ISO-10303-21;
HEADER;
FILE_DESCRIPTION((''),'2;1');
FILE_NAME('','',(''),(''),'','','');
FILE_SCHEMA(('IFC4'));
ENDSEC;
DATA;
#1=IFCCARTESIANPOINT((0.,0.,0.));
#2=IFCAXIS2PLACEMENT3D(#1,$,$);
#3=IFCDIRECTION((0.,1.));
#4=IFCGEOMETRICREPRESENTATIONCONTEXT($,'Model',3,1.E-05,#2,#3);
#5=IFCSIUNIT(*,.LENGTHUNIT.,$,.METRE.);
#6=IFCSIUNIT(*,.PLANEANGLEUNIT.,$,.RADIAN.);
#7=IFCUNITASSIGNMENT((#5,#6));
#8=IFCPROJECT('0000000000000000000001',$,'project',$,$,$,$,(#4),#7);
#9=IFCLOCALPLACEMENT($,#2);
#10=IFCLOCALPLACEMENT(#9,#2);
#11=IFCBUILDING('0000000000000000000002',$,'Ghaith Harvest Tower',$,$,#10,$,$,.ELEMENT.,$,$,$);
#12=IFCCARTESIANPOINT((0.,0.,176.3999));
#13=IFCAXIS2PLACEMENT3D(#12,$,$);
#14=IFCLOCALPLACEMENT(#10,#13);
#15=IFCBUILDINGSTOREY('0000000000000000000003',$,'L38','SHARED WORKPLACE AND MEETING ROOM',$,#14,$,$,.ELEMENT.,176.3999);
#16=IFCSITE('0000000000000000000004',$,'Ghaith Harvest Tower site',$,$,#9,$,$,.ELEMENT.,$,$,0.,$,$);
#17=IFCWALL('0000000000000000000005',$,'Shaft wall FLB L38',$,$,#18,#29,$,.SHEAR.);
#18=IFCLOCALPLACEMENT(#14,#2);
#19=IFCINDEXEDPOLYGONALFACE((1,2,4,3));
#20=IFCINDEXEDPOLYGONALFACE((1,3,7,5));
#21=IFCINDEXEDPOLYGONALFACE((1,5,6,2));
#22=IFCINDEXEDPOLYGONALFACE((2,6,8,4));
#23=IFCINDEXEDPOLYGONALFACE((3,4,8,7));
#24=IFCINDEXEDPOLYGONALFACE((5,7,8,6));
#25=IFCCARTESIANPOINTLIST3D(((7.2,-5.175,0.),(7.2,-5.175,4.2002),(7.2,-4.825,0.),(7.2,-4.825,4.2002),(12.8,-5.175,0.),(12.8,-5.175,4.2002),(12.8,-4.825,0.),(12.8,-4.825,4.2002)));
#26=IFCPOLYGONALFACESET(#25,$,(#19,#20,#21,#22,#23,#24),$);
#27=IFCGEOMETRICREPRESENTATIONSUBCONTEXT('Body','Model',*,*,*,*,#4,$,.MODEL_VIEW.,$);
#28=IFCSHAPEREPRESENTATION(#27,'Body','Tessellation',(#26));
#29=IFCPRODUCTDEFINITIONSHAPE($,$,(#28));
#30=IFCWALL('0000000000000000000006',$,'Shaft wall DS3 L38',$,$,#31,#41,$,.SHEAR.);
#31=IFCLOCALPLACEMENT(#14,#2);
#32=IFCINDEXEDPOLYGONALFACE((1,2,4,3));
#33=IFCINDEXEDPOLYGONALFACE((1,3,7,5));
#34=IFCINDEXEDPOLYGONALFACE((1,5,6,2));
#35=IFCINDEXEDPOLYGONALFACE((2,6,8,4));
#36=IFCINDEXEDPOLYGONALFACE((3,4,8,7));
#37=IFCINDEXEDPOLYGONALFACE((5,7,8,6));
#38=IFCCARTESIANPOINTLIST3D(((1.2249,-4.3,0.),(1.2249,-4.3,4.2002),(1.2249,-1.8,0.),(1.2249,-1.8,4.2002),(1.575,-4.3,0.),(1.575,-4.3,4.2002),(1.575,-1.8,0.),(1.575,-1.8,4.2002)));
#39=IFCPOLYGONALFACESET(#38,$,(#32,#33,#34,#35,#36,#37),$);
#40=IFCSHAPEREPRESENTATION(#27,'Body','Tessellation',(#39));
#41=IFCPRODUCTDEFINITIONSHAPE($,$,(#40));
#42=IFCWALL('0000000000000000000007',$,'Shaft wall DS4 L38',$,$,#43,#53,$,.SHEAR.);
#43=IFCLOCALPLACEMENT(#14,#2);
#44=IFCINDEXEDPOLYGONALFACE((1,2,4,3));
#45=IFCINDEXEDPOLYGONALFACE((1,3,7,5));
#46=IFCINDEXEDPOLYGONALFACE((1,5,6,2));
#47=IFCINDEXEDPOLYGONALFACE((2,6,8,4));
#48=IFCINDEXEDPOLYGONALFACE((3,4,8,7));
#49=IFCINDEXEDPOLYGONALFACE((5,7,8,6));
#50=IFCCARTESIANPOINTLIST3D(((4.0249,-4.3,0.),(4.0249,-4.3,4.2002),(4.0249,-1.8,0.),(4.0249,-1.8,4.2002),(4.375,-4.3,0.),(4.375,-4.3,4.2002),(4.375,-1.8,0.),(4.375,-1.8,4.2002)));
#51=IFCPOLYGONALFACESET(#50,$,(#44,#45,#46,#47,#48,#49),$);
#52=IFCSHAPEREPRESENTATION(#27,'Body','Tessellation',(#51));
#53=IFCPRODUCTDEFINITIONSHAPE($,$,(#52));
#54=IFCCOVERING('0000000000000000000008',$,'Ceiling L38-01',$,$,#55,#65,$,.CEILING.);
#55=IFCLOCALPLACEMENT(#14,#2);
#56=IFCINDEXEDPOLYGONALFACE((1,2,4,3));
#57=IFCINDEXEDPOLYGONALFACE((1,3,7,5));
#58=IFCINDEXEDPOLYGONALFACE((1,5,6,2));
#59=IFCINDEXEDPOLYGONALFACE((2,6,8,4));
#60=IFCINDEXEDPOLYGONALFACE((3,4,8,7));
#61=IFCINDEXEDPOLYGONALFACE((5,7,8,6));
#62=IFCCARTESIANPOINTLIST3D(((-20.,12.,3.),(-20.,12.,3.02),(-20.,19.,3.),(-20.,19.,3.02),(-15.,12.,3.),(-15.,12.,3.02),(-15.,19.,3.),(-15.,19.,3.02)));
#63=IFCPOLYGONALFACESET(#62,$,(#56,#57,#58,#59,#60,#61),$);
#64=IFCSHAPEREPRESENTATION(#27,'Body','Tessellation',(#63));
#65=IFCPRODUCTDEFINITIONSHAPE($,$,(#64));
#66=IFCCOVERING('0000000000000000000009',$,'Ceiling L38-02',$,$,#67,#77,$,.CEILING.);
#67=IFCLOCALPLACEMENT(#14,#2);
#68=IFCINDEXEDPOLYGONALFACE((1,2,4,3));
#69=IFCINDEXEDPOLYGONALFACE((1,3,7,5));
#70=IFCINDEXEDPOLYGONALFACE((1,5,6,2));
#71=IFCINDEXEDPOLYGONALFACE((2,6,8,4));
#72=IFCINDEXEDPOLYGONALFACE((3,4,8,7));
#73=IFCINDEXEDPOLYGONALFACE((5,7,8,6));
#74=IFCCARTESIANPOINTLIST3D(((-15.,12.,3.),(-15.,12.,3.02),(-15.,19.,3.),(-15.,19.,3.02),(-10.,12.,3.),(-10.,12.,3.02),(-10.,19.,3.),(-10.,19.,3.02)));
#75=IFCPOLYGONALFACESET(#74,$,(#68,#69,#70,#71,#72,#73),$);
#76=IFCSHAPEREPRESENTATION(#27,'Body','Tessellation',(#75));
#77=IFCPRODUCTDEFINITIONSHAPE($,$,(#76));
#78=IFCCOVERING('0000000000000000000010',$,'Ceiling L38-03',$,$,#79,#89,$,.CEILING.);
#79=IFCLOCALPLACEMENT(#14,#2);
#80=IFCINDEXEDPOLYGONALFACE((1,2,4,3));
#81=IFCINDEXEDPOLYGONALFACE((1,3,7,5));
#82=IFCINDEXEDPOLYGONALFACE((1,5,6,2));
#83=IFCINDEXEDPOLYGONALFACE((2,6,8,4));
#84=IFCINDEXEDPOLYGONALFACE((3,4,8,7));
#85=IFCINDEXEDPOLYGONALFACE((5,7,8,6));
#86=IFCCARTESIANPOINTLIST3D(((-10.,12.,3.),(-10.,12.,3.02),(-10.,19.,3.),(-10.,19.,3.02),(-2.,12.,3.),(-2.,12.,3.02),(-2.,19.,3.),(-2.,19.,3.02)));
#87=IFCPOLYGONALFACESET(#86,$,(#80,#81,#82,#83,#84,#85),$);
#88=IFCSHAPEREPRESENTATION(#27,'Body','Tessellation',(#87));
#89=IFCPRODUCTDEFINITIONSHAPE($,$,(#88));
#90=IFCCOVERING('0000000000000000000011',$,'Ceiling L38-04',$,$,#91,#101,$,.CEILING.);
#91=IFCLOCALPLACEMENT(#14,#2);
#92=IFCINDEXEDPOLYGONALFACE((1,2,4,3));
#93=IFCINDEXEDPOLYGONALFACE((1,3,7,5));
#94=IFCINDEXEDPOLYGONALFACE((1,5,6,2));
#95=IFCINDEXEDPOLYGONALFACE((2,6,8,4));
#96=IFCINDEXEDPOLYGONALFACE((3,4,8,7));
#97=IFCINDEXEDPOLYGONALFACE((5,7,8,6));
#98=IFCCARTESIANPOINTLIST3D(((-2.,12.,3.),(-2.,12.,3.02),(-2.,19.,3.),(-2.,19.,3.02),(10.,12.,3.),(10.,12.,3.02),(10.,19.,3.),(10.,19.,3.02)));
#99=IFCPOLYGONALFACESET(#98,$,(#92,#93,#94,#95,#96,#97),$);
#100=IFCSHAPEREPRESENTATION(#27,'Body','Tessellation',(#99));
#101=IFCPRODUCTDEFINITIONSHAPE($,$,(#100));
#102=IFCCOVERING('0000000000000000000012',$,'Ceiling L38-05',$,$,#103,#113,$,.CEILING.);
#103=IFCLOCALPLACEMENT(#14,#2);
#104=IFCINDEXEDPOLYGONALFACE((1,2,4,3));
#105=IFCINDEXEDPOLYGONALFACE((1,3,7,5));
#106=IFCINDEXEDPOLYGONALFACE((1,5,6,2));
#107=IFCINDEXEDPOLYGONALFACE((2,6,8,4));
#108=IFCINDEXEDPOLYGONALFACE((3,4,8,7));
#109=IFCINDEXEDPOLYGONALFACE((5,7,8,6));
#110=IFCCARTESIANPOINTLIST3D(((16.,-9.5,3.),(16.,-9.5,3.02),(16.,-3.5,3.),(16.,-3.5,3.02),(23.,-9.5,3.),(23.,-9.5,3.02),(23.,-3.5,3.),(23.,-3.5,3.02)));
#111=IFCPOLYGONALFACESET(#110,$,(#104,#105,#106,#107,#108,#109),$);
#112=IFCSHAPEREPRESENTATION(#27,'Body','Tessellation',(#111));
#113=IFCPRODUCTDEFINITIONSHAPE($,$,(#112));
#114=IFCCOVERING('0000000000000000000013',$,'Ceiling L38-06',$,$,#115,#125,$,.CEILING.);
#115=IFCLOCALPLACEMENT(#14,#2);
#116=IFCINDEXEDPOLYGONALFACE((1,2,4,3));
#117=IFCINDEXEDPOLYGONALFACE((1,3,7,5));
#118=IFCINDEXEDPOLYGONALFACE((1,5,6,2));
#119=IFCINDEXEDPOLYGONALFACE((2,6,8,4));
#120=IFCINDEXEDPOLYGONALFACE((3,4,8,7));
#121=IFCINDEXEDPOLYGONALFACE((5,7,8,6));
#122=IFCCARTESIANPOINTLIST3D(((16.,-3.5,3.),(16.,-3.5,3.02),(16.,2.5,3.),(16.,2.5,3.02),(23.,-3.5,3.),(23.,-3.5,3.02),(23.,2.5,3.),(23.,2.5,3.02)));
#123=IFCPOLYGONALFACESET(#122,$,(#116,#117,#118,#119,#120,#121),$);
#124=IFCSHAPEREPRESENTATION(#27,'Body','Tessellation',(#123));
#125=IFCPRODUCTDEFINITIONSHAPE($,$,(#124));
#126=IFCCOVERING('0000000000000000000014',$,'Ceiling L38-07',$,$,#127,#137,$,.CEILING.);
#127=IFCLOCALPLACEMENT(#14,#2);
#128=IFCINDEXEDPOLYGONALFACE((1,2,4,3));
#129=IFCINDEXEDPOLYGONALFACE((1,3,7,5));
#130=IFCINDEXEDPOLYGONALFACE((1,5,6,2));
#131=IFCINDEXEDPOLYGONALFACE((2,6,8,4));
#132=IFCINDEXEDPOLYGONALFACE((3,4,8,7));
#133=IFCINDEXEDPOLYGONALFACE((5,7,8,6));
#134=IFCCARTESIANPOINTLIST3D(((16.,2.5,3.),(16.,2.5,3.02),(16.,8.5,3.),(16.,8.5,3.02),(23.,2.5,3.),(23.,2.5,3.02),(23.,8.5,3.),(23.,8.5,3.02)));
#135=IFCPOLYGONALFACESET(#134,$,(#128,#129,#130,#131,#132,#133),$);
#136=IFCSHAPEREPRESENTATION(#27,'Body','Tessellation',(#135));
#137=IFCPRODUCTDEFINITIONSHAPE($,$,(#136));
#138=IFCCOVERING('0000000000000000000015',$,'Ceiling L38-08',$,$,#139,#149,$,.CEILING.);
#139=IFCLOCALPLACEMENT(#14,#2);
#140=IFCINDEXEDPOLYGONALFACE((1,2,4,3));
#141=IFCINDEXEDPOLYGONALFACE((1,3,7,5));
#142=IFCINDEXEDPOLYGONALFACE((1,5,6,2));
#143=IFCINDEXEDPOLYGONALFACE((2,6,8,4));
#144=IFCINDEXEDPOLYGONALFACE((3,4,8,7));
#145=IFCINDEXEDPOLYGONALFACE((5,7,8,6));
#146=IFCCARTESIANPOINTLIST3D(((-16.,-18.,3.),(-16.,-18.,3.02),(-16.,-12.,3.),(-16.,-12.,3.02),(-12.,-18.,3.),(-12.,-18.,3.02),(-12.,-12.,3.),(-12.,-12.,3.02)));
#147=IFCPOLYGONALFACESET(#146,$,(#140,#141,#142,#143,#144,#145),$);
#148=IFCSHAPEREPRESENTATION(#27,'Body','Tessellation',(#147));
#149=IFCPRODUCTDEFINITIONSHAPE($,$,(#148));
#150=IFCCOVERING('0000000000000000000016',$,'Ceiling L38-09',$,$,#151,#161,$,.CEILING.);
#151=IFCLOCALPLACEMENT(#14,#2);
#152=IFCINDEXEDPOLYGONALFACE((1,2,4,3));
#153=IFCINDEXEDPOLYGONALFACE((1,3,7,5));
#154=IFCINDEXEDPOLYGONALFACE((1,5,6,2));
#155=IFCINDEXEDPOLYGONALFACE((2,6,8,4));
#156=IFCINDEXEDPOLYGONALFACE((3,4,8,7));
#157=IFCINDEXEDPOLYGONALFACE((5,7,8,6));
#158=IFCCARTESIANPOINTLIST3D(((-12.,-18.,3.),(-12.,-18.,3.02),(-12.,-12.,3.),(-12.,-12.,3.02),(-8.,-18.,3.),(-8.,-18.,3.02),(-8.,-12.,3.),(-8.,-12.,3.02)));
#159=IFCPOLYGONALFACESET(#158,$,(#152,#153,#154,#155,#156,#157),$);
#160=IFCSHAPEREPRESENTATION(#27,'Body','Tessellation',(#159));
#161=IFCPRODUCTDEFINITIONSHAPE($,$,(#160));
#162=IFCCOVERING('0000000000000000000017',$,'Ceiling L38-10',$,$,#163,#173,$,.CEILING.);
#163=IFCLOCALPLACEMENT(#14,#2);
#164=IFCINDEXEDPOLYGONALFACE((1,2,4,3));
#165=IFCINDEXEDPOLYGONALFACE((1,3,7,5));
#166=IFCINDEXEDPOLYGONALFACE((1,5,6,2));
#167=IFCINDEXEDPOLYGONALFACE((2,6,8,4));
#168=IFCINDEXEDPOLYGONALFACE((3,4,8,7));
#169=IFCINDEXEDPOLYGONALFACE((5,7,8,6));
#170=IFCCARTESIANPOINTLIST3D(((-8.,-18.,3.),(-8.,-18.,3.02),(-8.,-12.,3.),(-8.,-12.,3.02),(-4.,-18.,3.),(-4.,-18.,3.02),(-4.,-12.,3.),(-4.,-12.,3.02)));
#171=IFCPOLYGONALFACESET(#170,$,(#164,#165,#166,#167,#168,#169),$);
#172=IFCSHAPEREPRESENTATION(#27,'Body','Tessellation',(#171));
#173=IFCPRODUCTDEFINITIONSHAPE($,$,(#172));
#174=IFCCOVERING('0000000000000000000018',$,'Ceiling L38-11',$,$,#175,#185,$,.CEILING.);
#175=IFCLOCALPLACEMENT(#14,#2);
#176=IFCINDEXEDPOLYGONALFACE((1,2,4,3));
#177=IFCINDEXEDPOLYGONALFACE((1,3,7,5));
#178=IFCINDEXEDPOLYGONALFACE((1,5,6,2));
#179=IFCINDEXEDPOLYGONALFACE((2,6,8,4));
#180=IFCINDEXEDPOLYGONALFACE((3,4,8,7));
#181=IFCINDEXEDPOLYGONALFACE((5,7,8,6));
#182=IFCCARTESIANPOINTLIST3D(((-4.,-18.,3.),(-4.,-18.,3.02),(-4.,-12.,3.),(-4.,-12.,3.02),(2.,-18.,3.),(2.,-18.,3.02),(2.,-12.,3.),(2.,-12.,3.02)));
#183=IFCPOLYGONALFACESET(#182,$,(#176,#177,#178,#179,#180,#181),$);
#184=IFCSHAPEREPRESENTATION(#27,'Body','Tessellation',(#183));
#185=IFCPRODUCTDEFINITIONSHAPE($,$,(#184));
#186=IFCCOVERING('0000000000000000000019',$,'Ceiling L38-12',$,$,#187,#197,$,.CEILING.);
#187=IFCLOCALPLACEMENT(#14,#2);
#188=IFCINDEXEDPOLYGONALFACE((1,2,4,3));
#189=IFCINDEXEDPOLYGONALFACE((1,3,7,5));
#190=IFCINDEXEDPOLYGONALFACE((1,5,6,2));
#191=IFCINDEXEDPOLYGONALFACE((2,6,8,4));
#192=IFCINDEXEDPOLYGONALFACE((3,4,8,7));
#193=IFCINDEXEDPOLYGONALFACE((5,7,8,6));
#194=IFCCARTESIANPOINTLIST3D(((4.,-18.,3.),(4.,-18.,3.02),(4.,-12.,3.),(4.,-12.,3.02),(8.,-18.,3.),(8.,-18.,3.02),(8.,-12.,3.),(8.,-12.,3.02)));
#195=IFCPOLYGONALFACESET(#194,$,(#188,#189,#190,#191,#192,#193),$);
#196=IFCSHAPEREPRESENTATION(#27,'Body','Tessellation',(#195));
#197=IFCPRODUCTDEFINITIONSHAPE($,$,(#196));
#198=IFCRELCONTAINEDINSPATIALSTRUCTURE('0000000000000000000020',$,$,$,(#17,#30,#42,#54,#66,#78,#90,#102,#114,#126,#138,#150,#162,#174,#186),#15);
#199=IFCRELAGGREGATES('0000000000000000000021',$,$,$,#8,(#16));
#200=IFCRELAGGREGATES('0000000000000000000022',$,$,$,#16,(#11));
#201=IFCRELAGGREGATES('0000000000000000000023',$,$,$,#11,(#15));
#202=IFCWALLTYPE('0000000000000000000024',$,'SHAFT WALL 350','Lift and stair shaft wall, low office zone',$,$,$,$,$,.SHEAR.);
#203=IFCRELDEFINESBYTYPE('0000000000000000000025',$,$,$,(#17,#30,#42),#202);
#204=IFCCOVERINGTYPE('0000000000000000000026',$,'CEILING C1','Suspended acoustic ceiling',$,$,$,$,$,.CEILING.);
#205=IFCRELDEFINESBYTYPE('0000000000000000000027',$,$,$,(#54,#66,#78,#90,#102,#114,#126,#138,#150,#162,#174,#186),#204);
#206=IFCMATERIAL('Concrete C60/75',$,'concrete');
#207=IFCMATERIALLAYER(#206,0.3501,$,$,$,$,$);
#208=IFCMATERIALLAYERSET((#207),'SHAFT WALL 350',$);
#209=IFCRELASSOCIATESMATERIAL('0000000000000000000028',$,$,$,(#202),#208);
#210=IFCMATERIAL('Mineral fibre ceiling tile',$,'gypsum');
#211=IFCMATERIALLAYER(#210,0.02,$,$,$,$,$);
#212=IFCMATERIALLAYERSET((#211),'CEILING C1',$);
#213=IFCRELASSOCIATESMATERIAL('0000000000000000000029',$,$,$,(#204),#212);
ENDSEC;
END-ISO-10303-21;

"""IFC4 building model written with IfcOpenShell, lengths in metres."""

from ifc_helpers import new_model, si_unit, direction, frame, frame_2d, origin, place, context, subcontext, project, spatial, polyline, rectangle, outline, extrude, material, layer, layer_set, type_object, element, save


model = new_model("IFC4")

# Units and contexts
model_context = context("Model", 3, precision=1e-05, world=origin(), true_north=direction((0.0, 1.0)))
body_context = subcontext(model_context, "Body", "Model", "MODEL_VIEW")
ifc_project = project(units=[si_unit("LENGTHUNIT", "METRE"), si_unit("PLANEANGLEUNIT", "RADIAN")], contexts=[model_context])

# Site, building, storey
site_placement = place(None, origin())
site = spatial("IfcSite", under=ifc_project, at=site_placement, Name="Ghaith Harvest Tower site", CompositionType="ELEMENT", RefElevation=0.0)
building_placement = place(site_placement, origin())
building = spatial("IfcBuilding", under=site, at=building_placement, Name="Ghaith Harvest Tower", CompositionType="ELEMENT")
storey_placement = place(building_placement, frame((0.0, 0.0, 176.3999)))
storey = spatial("IfcBuildingStorey", under=building, at=storey_placement, Name="L38", Description="SHARED WORKPLACE AND MEETING ROOM", CompositionType="ELEMENT", Elevation=176.3999)

# Shared definitions
ifc_material_1 = material(Name="Concrete C60/75", Category="concrete")
ifc_layer_1 = layer(ifc_material_1, 0.3501)
ifc_layer_set_1 = layer_set([ifc_layer_1], Name="SHAFT WALL 350")
wall_type_1 = type_object("IfcWallType", Name="SHAFT WALL 350", Description="Lift and stair shaft wall, low office zone", PredefinedType="SHEAR", material=ifc_layer_set_1)

# Walls
wall_1_placement = place(storey_placement, frame((7.2, -5.0, 0.0), z_axis=(0.0, 0.0, 1.0), x_axis=(1.0, 0.0, 0.0)))
element("IfcWall", 1, at=wall_1_placement, inside=storey, type_object=wall_type_1, Name="Shaft wall FLB L38", PredefinedType="SHEAR", context=body_context, shape_type="SweptSolid", body=[
    extrude(rectangle(XDim=5.6001, YDim=0.3501, at=frame_2d((2.8, 0.0))), origin(), (0.0, 0.0, 1.0), 4.2002),
])
for number, where, z_axis, x_axis, name in (
    (2, (1.3999, -4.3, 0.0), (0.0, 0.0, 1.0), (0.0, 1.0, 0.0), "Shaft wall DS3 L38"),
    (3, (4.2, -4.3, 0.0), (0.0, 0.0, 1.0), (0.0, 1.0, 0.0), "Shaft wall DS4 L38"),
):
    element("IfcWall", number, at=place(storey_placement, frame(where, z_axis=z_axis, x_axis=x_axis)), inside=storey, type_object=wall_type_1, Name=name, PredefinedType="SHEAR", context=body_context, shape_type="SweptSolid", body=[
        extrude(rectangle(XDim=2.5, YDim=0.3501, at=frame_2d((1.25, 0.0))), origin(), (0.0, 0.0, 1.0), 4.2002),
    ])

# Coverings
ifc_material_2 = material(Name="Mineral fibre ceiling tile", Category="gypsum")
ifc_layer_2 = layer(ifc_material_2, 0.02)
ifc_layer_set_2 = layer_set([ifc_layer_2], Name="CEILING C1")
covering_type = type_object("IfcCoveringType", Name="CEILING C1", Description="Suspended acoustic ceiling", PredefinedType="CEILING", material=ifc_layer_set_2)
covering_1_placement = place(storey_placement, frame((0.0, 0.0, 3.0)))
element("IfcCovering", 4, at=covering_1_placement, inside=storey, type_object=covering_type, Name="Ceiling L38-01", PredefinedType="CEILING", context=body_context, shape_type="SweptSolid", body=[
    extrude(outline(polyline([(-20.0, 12.0), (-15.0, 12.0), (-15.0, 19.0), (-20.0, 19.0), (-20.0, 12.0)])), origin(), (0.0, 0.0, 1.0), 0.02),
])
covering_2_placement = place(storey_placement, frame((0.0, 0.0, 3.0)))
element("IfcCovering", 5, at=covering_2_placement, inside=storey, type_object=covering_type, Name="Ceiling L38-02", PredefinedType="CEILING", context=body_context, shape_type="SweptSolid", body=[
    extrude(outline(polyline([(-15.0, 12.0), (-10.0, 12.0), (-10.0, 19.0), (-15.0, 19.0), (-15.0, 12.0)])), origin(), (0.0, 0.0, 1.0), 0.02),
])
covering_3_placement = place(storey_placement, frame((0.0, 0.0, 3.0)))
element("IfcCovering", 6, at=covering_3_placement, inside=storey, type_object=covering_type, Name="Ceiling L38-03", PredefinedType="CEILING", context=body_context, shape_type="SweptSolid", body=[
    extrude(outline(polyline([(-10.0, 12.0), (-2.0, 12.0), (-2.0, 19.0), (-10.0, 19.0), (-10.0, 12.0)])), origin(), (0.0, 0.0, 1.0), 0.02),
])
covering_4_placement = place(storey_placement, frame((0.0, 0.0, 3.0)))
element("IfcCovering", 7, at=covering_4_placement, inside=storey, type_object=covering_type, Name="Ceiling L38-04", PredefinedType="CEILING", context=body_context, shape_type="SweptSolid", body=[
    extrude(outline(polyline([(-2.0, 12.0), (10.0, 12.0), (10.0, 19.0), (-2.0, 19.0), (-2.0, 12.0)])), origin(), (0.0, 0.0, 1.0), 0.02),
])
covering_5_placement = place(storey_placement, frame((0.0, 0.0, 3.0)))
element("IfcCovering", 8, at=covering_5_placement, inside=storey, type_object=covering_type, Name="Ceiling L38-05", PredefinedType="CEILING", context=body_context, shape_type="SweptSolid", body=[
    extrude(outline(polyline([(16.0, -9.5), (23.0, -9.5), (23.0, -3.5), (16.0, -3.5), (16.0, -9.5)])), origin(), (0.0, 0.0, 1.0), 0.02),
])
covering_6_placement = place(storey_placement, frame((0.0, 0.0, 3.0)))
element("IfcCovering", 9, at=covering_6_placement, inside=storey, type_object=covering_type, Name="Ceiling L38-06", PredefinedType="CEILING", context=body_context, shape_type="SweptSolid", body=[
    extrude(outline(polyline([(16.0, -3.5), (23.0, -3.5), (23.0, 2.5), (16.0, 2.5), (16.0, -3.5)])), origin(), (0.0, 0.0, 1.0), 0.02),
])
covering_7_placement = place(storey_placement, frame((0.0, 0.0, 3.0)))
element("IfcCovering", 10, at=covering_7_placement, inside=storey, type_object=covering_type, Name="Ceiling L38-07", PredefinedType="CEILING", context=body_context, shape_type="SweptSolid", body=[
    extrude(outline(polyline([(16.0, 2.5), (23.0, 2.5), (23.0, 8.5), (16.0, 8.5), (16.0, 2.5)])), origin(), (0.0, 0.0, 1.0), 0.02),
])
covering_8_placement = place(storey_placement, frame((0.0, 0.0, 3.0)))
element("IfcCovering", 11, at=covering_8_placement, inside=storey, type_object=covering_type, Name="Ceiling L38-08", PredefinedType="CEILING", context=body_context, shape_type="SweptSolid", body=[
    extrude(outline(polyline([(-16.0, -18.0), (-12.0, -18.0), (-12.0, -12.0), (-16.0, -12.0), (-16.0, -18.0)])), origin(), (0.0, 0.0, 1.0), 0.02),
])
covering_9_placement = place(storey_placement, frame((0.0, 0.0, 3.0)))
element("IfcCovering", 12, at=covering_9_placement, inside=storey, type_object=covering_type, Name="Ceiling L38-09", PredefinedType="CEILING", context=body_context, shape_type="SweptSolid", body=[
    extrude(outline(polyline([(-12.0, -18.0), (-8.0, -18.0), (-8.0, -12.0), (-12.0, -12.0), (-12.0, -18.0)])), origin(), (0.0, 0.0, 1.0), 0.02),
])
covering_10_placement = place(storey_placement, frame((0.0, 0.0, 3.0)))
element("IfcCovering", 13, at=covering_10_placement, inside=storey, type_object=covering_type, Name="Ceiling L38-10", PredefinedType="CEILING", context=body_context, shape_type="SweptSolid", body=[
    extrude(outline(polyline([(-8.0, -18.0), (-4.0, -18.0), (-4.0, -12.0), (-8.0, -12.0), (-8.0, -18.0)])), origin(), (0.0, 0.0, 1.0), 0.02),
])
covering_11_placement = place(storey_placement, frame((0.0, 0.0, 3.0)))
element("IfcCovering", 14, at=covering_11_placement, inside=storey, type_object=covering_type, Name="Ceiling L38-11", PredefinedType="CEILING", context=body_context, shape_type="SweptSolid", body=[
    extrude(outline(polyline([(-4.0, -18.0), (2.0, -18.0), (2.0, -12.0), (-4.0, -12.0), (-4.0, -18.0)])), origin(), (0.0, 0.0, 1.0), 0.02),
])
covering_12_placement = place(storey_placement, frame((0.0, 0.0, 3.0)))
element("IfcCovering", 15, at=covering_12_placement, inside=storey, type_object=covering_type, Name="Ceiling L38-12", PredefinedType="CEILING", context=body_context, shape_type="SweptSolid", body=[
    extrude(outline(polyline([(4.0, -18.0), (8.0, -18.0), (8.0, -12.0), (4.0, -12.0), (4.0, -18.0)])), origin(), (0.0, 0.0, 1.0), 0.02),
])

save(model, "model.ifc")
